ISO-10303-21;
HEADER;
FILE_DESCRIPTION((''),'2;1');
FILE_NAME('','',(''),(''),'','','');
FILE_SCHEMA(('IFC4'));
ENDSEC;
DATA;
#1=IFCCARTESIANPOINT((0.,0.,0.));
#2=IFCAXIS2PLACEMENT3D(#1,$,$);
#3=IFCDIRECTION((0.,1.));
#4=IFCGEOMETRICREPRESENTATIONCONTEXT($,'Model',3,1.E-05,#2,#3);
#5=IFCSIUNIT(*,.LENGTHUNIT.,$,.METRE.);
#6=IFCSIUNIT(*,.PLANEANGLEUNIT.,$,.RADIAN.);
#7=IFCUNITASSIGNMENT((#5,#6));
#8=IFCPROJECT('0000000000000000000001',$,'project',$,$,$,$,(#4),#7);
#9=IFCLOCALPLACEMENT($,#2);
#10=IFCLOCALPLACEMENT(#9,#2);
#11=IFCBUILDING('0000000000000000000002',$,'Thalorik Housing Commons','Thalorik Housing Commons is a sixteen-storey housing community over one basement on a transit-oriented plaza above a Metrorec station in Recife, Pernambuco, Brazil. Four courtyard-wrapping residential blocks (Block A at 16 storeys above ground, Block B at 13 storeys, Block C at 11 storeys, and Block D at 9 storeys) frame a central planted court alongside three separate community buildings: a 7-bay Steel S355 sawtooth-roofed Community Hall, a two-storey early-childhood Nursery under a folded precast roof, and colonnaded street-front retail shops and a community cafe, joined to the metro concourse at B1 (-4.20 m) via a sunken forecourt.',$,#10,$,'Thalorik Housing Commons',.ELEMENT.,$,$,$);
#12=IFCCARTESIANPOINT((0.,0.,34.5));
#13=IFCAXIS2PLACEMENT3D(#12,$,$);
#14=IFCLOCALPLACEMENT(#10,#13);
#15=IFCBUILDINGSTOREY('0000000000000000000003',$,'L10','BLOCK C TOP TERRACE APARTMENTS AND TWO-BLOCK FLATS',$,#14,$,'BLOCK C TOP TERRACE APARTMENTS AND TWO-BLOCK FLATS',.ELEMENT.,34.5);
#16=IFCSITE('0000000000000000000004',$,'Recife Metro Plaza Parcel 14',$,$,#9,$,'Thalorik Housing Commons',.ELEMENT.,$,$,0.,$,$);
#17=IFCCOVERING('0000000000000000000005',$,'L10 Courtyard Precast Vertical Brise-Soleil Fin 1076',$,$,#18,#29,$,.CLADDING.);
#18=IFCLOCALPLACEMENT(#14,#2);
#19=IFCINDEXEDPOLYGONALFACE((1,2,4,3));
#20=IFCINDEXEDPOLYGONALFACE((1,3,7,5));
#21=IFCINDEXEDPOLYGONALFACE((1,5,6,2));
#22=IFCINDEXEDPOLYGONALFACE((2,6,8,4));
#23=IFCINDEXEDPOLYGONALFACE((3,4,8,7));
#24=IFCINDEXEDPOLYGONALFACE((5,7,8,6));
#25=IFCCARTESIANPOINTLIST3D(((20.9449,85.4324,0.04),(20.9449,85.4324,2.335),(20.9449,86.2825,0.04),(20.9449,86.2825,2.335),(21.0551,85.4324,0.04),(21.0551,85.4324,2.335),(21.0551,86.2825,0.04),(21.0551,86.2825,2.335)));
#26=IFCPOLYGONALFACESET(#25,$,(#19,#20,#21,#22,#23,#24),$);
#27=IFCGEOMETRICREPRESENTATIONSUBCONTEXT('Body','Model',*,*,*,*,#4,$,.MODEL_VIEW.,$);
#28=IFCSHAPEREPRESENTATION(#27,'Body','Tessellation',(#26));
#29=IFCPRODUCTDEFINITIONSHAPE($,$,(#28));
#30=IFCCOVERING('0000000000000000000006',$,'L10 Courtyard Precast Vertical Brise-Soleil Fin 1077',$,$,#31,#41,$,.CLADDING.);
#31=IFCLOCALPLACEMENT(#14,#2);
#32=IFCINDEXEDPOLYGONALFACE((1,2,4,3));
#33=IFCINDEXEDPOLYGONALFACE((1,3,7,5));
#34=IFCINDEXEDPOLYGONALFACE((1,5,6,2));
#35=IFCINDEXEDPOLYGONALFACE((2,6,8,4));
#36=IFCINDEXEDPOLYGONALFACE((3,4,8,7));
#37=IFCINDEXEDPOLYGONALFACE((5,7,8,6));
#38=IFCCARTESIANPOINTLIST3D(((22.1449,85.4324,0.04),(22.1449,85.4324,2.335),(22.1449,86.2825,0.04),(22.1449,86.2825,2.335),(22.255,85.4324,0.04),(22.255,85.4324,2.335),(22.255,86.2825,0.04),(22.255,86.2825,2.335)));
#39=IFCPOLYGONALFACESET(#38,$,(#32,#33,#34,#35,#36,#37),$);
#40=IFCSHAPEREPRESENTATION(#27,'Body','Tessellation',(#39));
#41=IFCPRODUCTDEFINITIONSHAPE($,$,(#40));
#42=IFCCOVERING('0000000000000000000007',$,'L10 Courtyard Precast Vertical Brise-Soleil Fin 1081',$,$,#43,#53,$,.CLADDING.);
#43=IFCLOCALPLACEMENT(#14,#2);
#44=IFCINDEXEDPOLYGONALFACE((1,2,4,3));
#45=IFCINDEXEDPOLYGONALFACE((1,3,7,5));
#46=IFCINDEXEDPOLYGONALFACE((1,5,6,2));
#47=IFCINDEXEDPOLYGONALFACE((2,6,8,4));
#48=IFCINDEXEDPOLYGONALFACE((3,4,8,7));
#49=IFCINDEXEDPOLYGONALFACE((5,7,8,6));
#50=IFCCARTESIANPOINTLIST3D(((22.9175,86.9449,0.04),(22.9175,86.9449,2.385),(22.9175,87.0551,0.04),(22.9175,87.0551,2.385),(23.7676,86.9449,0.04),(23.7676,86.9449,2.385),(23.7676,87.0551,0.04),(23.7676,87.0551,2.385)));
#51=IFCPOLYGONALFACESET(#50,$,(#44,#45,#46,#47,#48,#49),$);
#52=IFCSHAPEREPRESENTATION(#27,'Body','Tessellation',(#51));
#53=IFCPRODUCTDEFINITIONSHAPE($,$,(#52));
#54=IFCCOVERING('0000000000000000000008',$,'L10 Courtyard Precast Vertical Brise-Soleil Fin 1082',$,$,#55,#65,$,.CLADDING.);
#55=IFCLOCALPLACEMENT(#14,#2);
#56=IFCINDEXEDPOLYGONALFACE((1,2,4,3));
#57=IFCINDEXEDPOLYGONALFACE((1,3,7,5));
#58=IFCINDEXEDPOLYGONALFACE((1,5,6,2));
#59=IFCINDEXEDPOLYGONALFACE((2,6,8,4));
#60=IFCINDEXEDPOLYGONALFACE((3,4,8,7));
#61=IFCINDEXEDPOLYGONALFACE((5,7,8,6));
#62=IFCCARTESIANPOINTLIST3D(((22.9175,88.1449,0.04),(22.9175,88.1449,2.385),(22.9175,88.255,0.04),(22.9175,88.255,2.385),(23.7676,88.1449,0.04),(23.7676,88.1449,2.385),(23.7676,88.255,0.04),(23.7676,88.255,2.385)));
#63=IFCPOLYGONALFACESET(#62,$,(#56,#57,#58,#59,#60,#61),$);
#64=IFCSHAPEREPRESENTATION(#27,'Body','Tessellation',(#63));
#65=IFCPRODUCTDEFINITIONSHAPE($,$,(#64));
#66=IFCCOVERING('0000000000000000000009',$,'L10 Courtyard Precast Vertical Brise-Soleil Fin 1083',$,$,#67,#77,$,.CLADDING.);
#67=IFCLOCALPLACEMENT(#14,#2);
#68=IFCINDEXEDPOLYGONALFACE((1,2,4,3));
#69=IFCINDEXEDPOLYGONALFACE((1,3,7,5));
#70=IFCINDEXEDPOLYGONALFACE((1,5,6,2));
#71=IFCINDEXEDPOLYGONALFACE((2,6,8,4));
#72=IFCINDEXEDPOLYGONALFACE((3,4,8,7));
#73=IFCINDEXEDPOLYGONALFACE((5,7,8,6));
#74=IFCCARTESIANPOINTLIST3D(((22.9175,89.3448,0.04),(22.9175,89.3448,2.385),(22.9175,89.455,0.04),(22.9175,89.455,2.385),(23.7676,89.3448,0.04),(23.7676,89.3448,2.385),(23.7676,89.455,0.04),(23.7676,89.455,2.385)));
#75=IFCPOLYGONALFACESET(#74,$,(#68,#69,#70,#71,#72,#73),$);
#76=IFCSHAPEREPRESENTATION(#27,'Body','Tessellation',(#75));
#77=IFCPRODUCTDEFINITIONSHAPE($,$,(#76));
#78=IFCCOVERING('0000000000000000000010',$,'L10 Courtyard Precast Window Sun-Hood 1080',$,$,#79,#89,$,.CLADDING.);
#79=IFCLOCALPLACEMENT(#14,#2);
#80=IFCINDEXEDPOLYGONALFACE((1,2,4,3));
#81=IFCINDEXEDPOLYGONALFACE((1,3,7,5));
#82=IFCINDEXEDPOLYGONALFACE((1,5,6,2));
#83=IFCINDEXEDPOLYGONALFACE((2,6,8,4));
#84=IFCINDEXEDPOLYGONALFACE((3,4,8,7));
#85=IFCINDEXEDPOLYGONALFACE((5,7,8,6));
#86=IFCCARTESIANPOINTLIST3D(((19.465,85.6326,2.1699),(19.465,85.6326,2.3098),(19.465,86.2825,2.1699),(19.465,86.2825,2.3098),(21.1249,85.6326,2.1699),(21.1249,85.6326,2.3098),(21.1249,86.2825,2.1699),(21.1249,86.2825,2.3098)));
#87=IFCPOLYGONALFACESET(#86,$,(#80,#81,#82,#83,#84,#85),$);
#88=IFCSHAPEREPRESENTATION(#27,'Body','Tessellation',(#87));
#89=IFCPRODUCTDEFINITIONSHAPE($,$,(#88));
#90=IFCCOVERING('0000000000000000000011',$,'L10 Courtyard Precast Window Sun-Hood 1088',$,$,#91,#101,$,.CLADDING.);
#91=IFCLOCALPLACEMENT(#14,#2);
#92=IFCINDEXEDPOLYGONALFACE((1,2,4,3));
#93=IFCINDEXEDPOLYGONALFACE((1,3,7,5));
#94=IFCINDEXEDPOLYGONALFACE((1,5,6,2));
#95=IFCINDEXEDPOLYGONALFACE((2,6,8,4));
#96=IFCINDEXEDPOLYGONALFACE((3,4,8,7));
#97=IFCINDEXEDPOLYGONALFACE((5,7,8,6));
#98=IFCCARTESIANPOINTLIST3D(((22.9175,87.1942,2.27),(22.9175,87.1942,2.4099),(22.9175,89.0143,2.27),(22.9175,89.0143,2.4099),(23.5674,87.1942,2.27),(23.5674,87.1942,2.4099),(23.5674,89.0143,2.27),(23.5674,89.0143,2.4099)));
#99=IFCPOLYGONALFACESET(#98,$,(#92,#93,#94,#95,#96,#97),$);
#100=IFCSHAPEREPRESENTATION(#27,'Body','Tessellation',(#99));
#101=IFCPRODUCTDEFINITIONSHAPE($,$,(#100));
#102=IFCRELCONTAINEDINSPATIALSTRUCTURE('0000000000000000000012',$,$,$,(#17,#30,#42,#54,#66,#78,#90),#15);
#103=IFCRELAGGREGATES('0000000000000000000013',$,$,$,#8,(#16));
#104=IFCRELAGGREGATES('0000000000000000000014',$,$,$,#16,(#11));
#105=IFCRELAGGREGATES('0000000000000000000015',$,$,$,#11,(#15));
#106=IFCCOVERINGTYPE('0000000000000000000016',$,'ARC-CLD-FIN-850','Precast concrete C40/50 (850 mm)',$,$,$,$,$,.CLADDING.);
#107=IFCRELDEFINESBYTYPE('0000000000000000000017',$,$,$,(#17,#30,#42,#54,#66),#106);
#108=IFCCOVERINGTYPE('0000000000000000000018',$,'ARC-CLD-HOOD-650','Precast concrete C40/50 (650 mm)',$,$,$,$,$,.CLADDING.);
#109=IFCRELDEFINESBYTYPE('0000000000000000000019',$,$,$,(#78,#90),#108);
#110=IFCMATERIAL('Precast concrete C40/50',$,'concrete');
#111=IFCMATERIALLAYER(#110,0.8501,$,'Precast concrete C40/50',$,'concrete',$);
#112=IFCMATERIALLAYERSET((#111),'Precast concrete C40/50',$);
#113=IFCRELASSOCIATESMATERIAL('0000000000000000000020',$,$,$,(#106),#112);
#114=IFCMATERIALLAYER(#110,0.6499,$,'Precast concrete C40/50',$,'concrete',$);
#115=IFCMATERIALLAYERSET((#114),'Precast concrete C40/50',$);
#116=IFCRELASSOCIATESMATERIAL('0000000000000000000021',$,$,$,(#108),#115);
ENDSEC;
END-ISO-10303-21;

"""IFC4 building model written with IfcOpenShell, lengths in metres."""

from ifc_helpers import new_model, si_unit, direction, frame, origin, origin_2d, place, context, subcontext, project, spatial, rectangle, extrude, material, layer, layer_set, type_object, element, save


model = new_model("IFC4")

# Units and contexts
model_context = context("Model", 3, precision=1e-05, world=origin(), true_north=direction((0.0, 1.0)))
body_context = subcontext(model_context, "Body", "Model", "MODEL_VIEW")
ifc_project = project(units=[si_unit("LENGTHUNIT", "METRE"), si_unit("PLANEANGLEUNIT", "RADIAN")], contexts=[model_context])

# Site, building, storey
site_placement = place(None, origin())
site = spatial("IfcSite", under=ifc_project, at=site_placement, Name="Recife Metro Plaza Parcel 14", LongName="Thalorik Housing Commons", CompositionType="ELEMENT", RefElevation=0.0)
building_placement = place(site_placement, origin())
building = spatial("IfcBuilding", under=site, at=building_placement, Name="Thalorik Housing Commons", Description="Thalorik Housing Commons is a sixteen-storey housing community over one basement on a transit-oriented plaza above a Metrorec station in Recife, Pernambuco, Brazil. Four courtyard-wrapping residential blocks (Block A at 16 storeys above ground, Block B at 13 storeys, Block C at 11 storeys, and Block D at 9 storeys) frame a central planted court alongside three separate community buildings: a 7-bay Steel S355 sawtooth-roofed Community Hall, a two-storey early-childhood Nursery under a folded precast roof, and colonnaded street-front retail shops and a community cafe, joined to the metro concourse at B1 (-4.20 m) via a sunken forecourt.", LongName="Thalorik Housing Commons", CompositionType="ELEMENT")
storey_placement = place(building_placement, frame((0.0, 0.0, 34.5)))
storey = spatial("IfcBuildingStorey", under=building, at=storey_placement, Name="L10", Description="BLOCK C TOP TERRACE APARTMENTS AND TWO-BLOCK FLATS", LongName="BLOCK C TOP TERRACE APARTMENTS AND TWO-BLOCK FLATS", CompositionType="ELEMENT", Elevation=34.5)

# Shared definitions
ifc_material_1 = material(Name="Precast concrete C40/50", Category="concrete")

# Coverings
ifc_layer_1 = layer(ifc_material_1, 0.8501, Name="Precast concrete C40/50", Category="concrete")
ifc_layer_set_1 = layer_set([ifc_layer_1], Name="Precast concrete C40/50")
covering_type_1 = type_object("IfcCoveringType", Name="ARC-CLD-FIN-850", Description="Precast concrete C40/50 (850 mm)", PredefinedType="CLADDING", material=ifc_layer_set_1)
for number, where, z_axis, x_axis, name in (
    (1, (21.0, 85.8574, 0.04), (0.0, 0.0, 1.0), (1.0, 0.0, 0.0), "L10 Courtyard Precast Vertical Brise-Soleil Fin 1076"),
    (2, (22.2, 85.8574, 0.04), (0.0, 0.0, 1.0), (1.0, 0.0, 0.0), "L10 Courtyard Precast Vertical Brise-Soleil Fin 1077"),
):
    element("IfcCovering", number, at=place(storey_placement, frame(where, z_axis=z_axis, x_axis=x_axis)), inside=storey, type_object=covering_type_1, Name=name, PredefinedType="CLADDING", context=body_context, shape_type="SweptSolid", body=[
        extrude(rectangle(XDim=0.1101, YDim=0.8501, at=origin_2d()), origin(), (0.0, 0.0, 1.0), 2.2949),
    ])
for number, where, z_axis, x_axis, name in (
    (3, (23.3425, 87.0, 0.04), (0.0, 0.0, 1.0), (0.0, 1.0, 0.0), "L10 Courtyard Precast Vertical Brise-Soleil Fin 1081"),
    (4, (23.3425, 88.2, 0.04), (0.0, 0.0, 1.0), (0.0, 1.0, 0.0), "L10 Courtyard Precast Vertical Brise-Soleil Fin 1082"),
    (5, (23.3425, 89.3999, 0.04), (0.0, 0.0, 1.0), (0.0, 1.0, 0.0), "L10 Courtyard Precast Vertical Brise-Soleil Fin 1083"),
):
    element("IfcCovering", number, at=place(storey_placement, frame(where, z_axis=z_axis, x_axis=x_axis)), inside=storey, type_object=covering_type_1, Name=name, PredefinedType="CLADDING", context=body_context, shape_type="SweptSolid", body=[
        extrude(rectangle(XDim=0.1101, YDim=0.8501, at=origin_2d()), origin(), (0.0, 0.0, 1.0), 2.345),
    ])
ifc_layer_2 = layer(ifc_material_1, 0.6499, Name="Precast concrete C40/50", Category="concrete")
ifc_layer_set_2 = layer_set([ifc_layer_2], Name="Precast concrete C40/50")
covering_type_2 = type_object("IfcCoveringType", Name="ARC-CLD-HOOD-650", Description="Precast concrete C40/50 (650 mm)", PredefinedType="CLADDING", material=ifc_layer_set_2)
covering_1_placement = place(storey_placement, frame((20.2949, 85.9575, 2.1699), z_axis=(0.0, 0.0, 1.0), x_axis=(1.0, 0.0, 0.0)))
element("IfcCovering", 6, at=covering_1_placement, inside=storey, type_object=covering_type_2, Name="L10 Courtyard Precast Window Sun-Hood 1080", PredefinedType="CLADDING", context=body_context, shape_type="SweptSolid", body=[
    extrude(rectangle(XDim=1.6599, YDim=0.6499, at=origin_2d()), origin(), (0.0, 0.0, 1.0), 0.1399),
])
covering_2_placement = place(storey_placement, frame((23.2424, 88.1042, 2.27), z_axis=(0.0, 0.0, 1.0), x_axis=(0.0, 1.0, 0.0)))
element("IfcCovering", 7, at=covering_2_placement, inside=storey, type_object=covering_type_2, Name="L10 Courtyard Precast Window Sun-Hood 1088", PredefinedType="CLADDING", context=body_context, shape_type="SweptSolid", body=[
    extrude(rectangle(XDim=1.8201, YDim=0.6499, at=origin_2d()), origin(), (0.0, 0.0, 1.0), 0.1399),
])

save(model, "model.ifc")
